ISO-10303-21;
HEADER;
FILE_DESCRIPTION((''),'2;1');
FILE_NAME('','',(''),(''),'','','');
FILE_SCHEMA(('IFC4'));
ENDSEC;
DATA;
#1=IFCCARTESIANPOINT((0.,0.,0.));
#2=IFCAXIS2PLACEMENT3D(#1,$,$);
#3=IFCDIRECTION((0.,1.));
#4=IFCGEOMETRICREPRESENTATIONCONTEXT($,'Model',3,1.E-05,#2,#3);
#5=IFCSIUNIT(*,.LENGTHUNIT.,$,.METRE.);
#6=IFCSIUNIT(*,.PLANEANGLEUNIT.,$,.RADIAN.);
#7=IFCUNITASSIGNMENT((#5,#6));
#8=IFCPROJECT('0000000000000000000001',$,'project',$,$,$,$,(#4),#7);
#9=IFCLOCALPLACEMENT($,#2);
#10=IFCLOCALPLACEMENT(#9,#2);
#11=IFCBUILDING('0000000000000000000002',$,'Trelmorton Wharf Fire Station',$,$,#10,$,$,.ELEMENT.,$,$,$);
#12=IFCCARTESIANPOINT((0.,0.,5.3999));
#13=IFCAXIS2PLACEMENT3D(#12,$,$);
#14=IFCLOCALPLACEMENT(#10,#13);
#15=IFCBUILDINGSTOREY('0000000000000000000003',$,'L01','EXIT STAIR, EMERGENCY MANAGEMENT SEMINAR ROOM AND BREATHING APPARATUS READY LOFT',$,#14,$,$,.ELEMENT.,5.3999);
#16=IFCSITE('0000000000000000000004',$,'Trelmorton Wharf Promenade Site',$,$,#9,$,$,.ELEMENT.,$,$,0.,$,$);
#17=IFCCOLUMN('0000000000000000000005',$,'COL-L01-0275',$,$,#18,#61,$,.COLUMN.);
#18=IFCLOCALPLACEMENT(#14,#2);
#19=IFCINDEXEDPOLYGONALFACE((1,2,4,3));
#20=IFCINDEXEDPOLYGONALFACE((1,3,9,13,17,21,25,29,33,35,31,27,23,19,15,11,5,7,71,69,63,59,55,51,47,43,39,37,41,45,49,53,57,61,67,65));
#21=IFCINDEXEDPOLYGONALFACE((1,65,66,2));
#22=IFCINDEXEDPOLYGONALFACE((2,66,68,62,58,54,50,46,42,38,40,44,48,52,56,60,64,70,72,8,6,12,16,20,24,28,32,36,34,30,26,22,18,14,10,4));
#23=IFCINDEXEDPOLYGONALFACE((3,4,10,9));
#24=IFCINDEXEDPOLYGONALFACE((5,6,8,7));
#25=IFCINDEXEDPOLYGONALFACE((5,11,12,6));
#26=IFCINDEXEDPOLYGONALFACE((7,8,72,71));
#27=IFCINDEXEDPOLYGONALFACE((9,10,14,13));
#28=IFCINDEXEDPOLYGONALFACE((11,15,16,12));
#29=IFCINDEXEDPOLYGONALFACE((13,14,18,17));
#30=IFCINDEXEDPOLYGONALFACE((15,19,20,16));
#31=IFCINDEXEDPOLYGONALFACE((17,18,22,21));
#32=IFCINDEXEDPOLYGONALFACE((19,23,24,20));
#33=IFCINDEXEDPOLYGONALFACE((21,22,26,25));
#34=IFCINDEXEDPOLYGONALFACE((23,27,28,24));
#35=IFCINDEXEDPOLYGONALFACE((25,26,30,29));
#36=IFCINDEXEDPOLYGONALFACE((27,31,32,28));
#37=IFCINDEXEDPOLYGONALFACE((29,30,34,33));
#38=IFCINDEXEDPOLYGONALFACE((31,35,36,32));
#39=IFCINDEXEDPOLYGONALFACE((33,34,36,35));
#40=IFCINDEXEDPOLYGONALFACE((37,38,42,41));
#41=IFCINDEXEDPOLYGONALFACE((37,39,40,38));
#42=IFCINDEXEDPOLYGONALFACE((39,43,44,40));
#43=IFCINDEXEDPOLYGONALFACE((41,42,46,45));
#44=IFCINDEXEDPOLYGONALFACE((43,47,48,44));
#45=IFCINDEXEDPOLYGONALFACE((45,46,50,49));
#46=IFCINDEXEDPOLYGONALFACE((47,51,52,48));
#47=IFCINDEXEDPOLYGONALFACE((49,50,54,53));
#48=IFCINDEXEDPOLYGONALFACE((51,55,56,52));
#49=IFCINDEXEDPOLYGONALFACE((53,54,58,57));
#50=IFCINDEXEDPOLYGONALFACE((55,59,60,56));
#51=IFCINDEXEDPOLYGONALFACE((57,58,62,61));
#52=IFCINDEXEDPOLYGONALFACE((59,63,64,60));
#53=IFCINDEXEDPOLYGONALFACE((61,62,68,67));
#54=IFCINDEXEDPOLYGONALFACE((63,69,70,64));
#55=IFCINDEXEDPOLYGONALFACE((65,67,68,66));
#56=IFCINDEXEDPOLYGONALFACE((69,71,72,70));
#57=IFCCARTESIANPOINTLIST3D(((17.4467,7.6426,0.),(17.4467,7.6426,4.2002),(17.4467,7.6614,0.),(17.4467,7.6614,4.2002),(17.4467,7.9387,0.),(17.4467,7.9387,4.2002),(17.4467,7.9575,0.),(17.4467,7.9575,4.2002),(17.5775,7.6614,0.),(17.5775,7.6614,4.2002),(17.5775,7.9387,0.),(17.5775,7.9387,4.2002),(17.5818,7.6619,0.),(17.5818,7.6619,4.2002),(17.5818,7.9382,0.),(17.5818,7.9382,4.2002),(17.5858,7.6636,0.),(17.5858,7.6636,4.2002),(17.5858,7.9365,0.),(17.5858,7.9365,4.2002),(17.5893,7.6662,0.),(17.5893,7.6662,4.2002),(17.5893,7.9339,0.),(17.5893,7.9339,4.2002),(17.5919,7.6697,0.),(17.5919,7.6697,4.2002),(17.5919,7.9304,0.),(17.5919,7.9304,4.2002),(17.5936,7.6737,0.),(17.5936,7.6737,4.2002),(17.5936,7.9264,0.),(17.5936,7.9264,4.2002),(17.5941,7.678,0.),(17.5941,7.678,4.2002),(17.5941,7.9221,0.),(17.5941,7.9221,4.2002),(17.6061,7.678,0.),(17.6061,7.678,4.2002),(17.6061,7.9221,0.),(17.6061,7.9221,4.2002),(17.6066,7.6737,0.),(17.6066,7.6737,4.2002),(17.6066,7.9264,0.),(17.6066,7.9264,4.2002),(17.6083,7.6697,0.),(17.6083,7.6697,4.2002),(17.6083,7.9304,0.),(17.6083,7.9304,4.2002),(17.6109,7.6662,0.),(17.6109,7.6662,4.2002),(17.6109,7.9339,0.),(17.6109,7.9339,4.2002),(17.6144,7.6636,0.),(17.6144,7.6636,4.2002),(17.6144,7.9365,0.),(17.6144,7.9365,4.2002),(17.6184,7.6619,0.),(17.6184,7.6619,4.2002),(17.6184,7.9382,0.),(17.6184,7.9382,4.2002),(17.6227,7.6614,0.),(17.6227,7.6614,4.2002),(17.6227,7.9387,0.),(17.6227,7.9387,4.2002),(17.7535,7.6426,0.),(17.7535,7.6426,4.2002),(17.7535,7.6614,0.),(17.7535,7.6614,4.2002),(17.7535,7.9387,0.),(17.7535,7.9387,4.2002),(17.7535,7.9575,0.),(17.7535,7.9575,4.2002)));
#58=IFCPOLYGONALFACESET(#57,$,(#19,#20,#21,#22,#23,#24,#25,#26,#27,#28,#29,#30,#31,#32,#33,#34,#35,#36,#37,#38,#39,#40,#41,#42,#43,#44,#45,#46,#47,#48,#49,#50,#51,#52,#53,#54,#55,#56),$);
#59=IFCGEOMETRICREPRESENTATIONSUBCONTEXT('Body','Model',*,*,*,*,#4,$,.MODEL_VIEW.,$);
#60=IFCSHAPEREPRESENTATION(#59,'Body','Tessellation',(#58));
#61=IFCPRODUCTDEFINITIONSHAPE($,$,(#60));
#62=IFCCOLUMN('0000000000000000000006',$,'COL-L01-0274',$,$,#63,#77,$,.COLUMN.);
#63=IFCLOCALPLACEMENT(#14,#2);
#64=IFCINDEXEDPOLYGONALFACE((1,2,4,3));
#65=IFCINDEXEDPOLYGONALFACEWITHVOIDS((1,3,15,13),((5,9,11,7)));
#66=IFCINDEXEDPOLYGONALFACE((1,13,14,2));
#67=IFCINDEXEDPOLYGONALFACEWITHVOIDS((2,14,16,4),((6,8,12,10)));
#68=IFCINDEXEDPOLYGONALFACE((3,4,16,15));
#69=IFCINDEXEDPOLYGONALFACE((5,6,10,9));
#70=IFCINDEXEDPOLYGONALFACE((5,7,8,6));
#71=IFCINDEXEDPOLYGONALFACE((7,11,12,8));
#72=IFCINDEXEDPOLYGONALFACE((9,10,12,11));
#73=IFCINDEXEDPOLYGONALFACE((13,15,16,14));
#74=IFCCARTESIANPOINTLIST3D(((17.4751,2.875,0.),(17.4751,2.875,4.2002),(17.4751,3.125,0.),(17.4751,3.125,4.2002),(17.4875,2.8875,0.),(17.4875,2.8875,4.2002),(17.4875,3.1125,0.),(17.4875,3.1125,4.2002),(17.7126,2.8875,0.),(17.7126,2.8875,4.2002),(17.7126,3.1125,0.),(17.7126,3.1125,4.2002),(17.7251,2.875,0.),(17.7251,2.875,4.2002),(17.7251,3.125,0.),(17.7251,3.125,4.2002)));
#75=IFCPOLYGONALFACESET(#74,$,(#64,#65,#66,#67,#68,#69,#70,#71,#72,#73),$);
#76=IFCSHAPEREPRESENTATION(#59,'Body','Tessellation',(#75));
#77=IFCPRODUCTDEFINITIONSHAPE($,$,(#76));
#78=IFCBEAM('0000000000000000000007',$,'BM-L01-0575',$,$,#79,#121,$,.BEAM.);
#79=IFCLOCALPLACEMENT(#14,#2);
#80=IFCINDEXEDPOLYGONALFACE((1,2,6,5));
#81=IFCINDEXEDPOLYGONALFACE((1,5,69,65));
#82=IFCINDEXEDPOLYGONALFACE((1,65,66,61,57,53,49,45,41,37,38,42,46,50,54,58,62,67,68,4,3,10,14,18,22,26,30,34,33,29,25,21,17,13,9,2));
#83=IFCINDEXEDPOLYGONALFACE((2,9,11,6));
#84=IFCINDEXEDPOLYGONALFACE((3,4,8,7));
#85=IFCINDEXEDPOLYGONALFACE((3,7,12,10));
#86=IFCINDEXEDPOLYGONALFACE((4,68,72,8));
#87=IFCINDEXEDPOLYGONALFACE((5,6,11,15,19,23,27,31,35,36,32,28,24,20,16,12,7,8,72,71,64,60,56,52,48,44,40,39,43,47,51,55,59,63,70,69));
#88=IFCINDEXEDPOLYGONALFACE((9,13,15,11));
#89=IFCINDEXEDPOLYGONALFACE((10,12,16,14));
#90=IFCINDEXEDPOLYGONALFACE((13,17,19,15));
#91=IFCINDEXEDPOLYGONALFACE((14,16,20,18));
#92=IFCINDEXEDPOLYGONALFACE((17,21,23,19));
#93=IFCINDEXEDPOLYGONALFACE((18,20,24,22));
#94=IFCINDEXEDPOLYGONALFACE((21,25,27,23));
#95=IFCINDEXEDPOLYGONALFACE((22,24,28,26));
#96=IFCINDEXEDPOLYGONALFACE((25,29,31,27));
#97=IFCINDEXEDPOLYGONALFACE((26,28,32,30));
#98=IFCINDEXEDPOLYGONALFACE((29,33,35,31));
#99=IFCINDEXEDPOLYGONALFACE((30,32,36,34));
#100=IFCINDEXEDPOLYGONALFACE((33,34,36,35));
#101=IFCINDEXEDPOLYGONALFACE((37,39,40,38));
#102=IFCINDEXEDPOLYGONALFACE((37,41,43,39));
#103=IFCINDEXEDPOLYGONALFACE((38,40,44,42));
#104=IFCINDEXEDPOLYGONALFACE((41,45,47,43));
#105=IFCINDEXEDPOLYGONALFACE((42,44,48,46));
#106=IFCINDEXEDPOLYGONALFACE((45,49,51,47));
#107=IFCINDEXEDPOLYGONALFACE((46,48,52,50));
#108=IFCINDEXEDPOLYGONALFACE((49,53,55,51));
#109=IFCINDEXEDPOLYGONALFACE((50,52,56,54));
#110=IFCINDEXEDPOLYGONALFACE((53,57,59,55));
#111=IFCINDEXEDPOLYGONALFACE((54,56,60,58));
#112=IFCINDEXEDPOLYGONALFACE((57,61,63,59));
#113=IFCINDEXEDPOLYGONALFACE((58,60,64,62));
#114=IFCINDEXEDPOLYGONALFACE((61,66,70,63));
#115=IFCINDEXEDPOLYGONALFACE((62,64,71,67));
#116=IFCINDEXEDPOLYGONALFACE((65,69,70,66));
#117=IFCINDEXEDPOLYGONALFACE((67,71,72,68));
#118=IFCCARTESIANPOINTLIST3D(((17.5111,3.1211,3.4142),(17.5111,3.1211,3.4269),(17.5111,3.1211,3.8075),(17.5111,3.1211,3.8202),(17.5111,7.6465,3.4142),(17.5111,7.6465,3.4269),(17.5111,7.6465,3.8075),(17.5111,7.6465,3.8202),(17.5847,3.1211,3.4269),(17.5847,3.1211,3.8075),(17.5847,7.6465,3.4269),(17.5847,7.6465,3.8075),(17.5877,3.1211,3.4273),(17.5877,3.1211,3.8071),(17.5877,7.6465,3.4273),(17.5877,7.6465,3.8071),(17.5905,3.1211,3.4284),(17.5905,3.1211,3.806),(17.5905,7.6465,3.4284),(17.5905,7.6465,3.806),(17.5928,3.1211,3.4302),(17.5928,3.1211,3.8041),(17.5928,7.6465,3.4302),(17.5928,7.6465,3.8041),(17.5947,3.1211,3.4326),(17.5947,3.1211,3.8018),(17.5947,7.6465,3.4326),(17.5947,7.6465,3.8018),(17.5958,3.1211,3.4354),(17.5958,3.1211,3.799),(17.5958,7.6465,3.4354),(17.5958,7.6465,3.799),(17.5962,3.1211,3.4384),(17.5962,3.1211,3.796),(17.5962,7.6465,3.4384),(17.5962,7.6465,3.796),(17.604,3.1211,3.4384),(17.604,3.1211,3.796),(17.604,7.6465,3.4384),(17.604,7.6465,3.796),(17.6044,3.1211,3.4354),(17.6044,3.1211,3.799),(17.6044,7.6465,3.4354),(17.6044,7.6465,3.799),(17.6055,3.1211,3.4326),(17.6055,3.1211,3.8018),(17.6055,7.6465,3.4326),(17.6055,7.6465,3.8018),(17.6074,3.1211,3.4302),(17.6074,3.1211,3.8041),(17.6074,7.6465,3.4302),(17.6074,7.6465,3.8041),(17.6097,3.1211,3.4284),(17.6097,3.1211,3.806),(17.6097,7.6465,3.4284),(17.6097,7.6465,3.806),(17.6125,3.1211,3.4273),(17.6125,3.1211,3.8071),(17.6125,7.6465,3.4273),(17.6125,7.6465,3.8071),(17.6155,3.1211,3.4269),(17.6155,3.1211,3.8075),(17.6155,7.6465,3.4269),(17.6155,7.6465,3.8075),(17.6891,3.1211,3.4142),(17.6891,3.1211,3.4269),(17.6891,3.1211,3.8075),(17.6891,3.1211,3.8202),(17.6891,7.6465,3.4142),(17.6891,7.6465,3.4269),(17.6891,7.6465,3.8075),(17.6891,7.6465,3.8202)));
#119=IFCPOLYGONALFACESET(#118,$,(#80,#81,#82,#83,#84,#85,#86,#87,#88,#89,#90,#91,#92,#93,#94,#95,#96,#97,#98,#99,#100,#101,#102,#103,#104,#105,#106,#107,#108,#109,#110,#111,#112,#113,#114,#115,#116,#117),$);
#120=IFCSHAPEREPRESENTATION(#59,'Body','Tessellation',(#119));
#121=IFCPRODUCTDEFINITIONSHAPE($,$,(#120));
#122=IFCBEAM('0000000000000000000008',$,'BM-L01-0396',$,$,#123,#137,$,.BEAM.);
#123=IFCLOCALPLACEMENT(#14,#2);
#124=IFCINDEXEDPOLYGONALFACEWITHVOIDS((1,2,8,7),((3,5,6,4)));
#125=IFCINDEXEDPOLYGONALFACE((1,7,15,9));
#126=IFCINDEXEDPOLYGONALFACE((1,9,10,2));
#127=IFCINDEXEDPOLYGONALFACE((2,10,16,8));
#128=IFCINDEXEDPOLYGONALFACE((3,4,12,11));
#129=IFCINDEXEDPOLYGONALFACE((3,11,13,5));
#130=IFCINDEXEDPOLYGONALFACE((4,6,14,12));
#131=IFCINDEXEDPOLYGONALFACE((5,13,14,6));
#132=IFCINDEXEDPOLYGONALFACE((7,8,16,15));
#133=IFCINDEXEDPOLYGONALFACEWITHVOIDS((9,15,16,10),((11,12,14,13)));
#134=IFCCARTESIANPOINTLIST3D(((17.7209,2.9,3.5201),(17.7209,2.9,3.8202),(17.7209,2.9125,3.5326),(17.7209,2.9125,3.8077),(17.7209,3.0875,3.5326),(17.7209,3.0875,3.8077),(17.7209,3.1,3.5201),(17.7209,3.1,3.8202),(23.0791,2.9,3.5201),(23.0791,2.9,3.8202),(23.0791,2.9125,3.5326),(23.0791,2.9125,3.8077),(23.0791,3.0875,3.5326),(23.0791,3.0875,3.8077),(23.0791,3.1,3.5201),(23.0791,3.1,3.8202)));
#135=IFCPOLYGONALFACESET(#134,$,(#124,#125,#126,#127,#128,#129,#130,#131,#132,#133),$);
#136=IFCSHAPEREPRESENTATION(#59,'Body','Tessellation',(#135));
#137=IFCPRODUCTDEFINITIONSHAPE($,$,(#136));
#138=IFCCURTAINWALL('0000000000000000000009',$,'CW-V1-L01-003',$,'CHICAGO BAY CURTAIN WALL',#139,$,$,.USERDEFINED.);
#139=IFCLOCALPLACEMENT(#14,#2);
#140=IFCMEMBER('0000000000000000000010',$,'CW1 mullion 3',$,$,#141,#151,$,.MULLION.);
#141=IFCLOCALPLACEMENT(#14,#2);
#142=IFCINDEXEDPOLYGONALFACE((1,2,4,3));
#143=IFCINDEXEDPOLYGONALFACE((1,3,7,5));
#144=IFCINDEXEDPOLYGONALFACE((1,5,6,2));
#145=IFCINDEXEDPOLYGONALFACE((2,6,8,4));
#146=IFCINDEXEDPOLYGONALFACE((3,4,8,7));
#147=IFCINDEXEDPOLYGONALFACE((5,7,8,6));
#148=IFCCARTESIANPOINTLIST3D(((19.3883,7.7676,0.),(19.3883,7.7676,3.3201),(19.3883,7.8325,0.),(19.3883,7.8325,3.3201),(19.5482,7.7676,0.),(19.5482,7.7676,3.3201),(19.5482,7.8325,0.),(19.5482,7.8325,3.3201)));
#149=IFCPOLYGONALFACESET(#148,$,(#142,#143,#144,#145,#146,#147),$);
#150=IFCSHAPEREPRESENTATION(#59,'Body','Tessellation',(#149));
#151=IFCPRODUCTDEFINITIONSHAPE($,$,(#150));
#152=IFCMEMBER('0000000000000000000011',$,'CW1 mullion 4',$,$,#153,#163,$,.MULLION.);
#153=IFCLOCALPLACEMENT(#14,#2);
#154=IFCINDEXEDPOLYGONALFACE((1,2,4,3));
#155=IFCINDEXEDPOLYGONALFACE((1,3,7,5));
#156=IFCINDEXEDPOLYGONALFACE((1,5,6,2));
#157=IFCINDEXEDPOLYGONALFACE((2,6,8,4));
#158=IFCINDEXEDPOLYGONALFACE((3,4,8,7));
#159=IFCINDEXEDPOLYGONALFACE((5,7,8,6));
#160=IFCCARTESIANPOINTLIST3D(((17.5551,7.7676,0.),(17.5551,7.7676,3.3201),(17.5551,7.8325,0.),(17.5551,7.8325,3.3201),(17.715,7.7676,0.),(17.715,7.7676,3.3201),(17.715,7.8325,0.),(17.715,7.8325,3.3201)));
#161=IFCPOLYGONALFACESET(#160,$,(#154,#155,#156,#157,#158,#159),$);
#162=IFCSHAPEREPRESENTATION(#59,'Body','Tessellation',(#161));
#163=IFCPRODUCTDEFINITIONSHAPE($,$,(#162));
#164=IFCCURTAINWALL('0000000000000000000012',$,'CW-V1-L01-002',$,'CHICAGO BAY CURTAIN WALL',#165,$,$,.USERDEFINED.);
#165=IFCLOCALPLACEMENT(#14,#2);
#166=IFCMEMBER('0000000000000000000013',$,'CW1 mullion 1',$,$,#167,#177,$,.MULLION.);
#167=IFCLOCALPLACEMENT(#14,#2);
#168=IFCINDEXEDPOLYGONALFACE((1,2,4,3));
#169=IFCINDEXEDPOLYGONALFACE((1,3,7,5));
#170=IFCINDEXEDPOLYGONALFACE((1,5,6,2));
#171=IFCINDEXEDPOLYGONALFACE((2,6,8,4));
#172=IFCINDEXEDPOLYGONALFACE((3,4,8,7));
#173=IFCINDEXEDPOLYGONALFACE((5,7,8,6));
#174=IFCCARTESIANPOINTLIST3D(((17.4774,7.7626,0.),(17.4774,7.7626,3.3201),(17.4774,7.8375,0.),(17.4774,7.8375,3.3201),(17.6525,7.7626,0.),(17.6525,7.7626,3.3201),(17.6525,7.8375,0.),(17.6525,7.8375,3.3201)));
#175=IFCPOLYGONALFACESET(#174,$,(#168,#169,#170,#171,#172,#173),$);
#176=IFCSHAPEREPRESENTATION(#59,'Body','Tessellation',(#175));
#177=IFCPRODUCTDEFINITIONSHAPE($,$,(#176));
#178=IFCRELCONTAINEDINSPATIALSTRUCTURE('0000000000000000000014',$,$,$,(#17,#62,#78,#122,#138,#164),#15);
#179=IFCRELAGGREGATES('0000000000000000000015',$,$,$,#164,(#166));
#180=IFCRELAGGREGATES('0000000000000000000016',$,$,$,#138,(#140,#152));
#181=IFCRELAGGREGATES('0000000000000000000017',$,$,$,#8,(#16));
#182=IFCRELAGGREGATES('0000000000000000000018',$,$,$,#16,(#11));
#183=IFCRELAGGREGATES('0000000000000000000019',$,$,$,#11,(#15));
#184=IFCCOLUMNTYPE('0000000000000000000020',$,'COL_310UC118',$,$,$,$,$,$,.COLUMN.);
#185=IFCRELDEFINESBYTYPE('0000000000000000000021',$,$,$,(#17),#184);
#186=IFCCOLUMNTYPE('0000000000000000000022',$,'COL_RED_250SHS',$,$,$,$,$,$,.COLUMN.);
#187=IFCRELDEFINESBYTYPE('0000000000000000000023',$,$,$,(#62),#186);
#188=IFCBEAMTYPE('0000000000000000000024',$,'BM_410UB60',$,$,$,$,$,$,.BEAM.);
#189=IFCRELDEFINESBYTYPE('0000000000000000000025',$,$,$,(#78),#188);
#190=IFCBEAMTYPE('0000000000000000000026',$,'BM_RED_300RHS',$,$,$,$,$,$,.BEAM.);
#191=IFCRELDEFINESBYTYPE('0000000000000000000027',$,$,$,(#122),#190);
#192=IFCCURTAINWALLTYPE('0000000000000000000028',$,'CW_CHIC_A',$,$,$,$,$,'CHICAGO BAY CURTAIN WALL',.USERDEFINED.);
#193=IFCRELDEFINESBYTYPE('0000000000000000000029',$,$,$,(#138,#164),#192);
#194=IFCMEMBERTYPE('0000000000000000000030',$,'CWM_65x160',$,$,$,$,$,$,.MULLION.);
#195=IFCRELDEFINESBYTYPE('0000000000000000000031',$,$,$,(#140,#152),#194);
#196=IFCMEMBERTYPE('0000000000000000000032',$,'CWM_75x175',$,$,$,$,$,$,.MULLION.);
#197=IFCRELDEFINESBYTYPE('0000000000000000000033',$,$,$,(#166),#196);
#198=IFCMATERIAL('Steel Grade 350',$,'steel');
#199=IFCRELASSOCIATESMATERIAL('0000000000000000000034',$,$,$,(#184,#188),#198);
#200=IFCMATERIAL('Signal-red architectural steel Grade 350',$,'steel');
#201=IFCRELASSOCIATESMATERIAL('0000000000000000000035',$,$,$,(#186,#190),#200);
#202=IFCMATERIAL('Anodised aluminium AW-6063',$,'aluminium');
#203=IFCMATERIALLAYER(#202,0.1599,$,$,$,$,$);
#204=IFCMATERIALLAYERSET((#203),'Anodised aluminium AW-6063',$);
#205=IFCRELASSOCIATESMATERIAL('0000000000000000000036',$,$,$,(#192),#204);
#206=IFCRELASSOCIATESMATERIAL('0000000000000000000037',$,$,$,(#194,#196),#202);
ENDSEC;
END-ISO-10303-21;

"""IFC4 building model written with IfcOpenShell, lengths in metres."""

from ifc_helpers import new_model, si_unit, direction, frame, origin, origin_2d, place, context, subcontext, project, spatial, rectangle, hollow_rectangle, i_section, extrude, material, layer, layer_set, material_profile, profile_set, type_object, element, aggregate, save


model = new_model("IFC4")

# Units and contexts
model_context = context("Model", 3, precision=1e-05, world=origin(), true_north=direction((0.0, 1.0)))
body_context = subcontext(model_context, "Body", "Model", "MODEL_VIEW")
ifc_project = project(units=[si_unit("LENGTHUNIT", "METRE"), si_unit("PLANEANGLEUNIT", "RADIAN")], contexts=[model_context])

# Site, building, storey
site_placement = place(None, origin())
site = spatial("IfcSite", under=ifc_project, at=site_placement, Name="Trelmorton Wharf Promenade Site", CompositionType="ELEMENT", RefElevation=0.0)
building_placement = place(site_placement, origin())
building = spatial("IfcBuilding", under=site, at=building_placement, Name="Trelmorton Wharf Fire Station", CompositionType="ELEMENT")
storey_placement = place(building_placement, frame((0.0, 0.0, 5.3999)))
storey = spatial("IfcBuildingStorey", under=building, at=storey_placement, Name="L01", Description="EXIT STAIR, EMERGENCY MANAGEMENT SEMINAR ROOM AND BREATHING APPARATUS READY LOFT", CompositionType="ELEMENT", Elevation=5.3999)

# Columns
ifc_material_1 = material(Name="Steel Grade 350", Category="steel")
ifc_material_profile_1 = material_profile(ifc_material_1, i_section(OverallWidth=0.3069, OverallDepth=0.3149, WebThickness=0.012, FlangeThickness=0.0188, FilletRadius=0.0166, at=origin_2d()), Name="310UC118")
ifc_profile_set_1 = profile_set([ifc_material_profile_1], Name="Steel Grade 350")
column_type_1 = type_object("IfcColumnType", Name="COL_310UC118", PredefinedType="COLUMN", material=ifc_profile_set_1)
column_1_placement = place(storey_placement, frame((17.6001, 7.8, 0.0), z_axis=(0.0, 0.0, 1.0), x_axis=(1.0, 0.0, 0.0)))
element("IfcColumn", 1, at=column_1_placement, inside=storey, type_object=column_type_1, Name="COL-L01-0275", PredefinedType="COLUMN", context=body_context, shape_type="SweptSolid", body=[
    extrude(i_section(OverallWidth=0.3069, OverallDepth=0.3149, WebThickness=0.012, FlangeThickness=0.0188, FilletRadius=0.0166, at=origin_2d()), origin(), (0.0, 0.0, 1.0), 4.2002),
])
ifc_material_2 = material(Name="Signal-red architectural steel Grade 350", Category="steel")
ifc_material_profile_2 = material_profile(ifc_material_2, hollow_rectangle(XDim=0.25, YDim=0.25, WallThickness=0.0125, at=origin_2d()), Name="250x250x12.5SHS")
ifc_profile_set_2 = profile_set([ifc_material_profile_2], Name="Signal-red architectural steel Grade 350")
column_type_2 = type_object("IfcColumnType", Name="COL_RED_250SHS", PredefinedType="COLUMN", material=ifc_profile_set_2)
column_2_placement = place(storey_placement, frame((17.6001, 3.0, 0.0), z_axis=(0.0, 0.0, 1.0), x_axis=(1.0, 0.0, 0.0)))
element("IfcColumn", 2, at=column_2_placement, inside=storey, type_object=column_type_2, Name="COL-L01-0274", PredefinedType="COLUMN", context=body_context, shape_type="SweptSolid", body=[
    extrude(hollow_rectangle(XDim=0.25, YDim=0.25, WallThickness=0.0125, at=origin_2d()), origin(), (0.0, 0.0, 1.0), 4.2002),
])

# Beams
ifc_material_profile_3 = material_profile(ifc_material_1, i_section(OverallWidth=0.178, OverallDepth=0.406, WebThickness=0.0078, FlangeThickness=0.0127, FilletRadius=0.0115, at=origin_2d()), Name="410UB59.7")
ifc_profile_set_3 = profile_set([ifc_material_profile_3], Name="Steel Grade 350")
beam_type_1 = type_object("IfcBeamType", Name="BM_410UB60", PredefinedType="BEAM", material=ifc_profile_set_3)
beam_1_placement = place(storey_placement, frame((17.6001, 3.1211, 3.6172), z_axis=(0.0, 1.0, 0.0), x_axis=(-1.0, 0.0, 0.0)))
element("IfcBeam", 3, at=beam_1_placement, inside=storey, type_object=beam_type_1, Name="BM-L01-0575", PredefinedType="BEAM", context=body_context, shape_type="SweptSolid", body=[
    extrude(i_section(OverallWidth=0.178, OverallDepth=0.406, WebThickness=0.0078, FlangeThickness=0.0127, FilletRadius=0.0115, at=origin_2d()), origin(), (0.0, 0.0, 1.0), 4.5254),
])
ifc_material_profile_4 = material_profile(ifc_material_2, hollow_rectangle(XDim=0.2, YDim=0.3, WallThickness=0.0125, at=origin_2d()), Name="300x200x12.5RHS")
ifc_profile_set_4 = profile_set([ifc_material_profile_4], Name="Signal-red architectural steel Grade 350")
beam_type_2 = type_object("IfcBeamType", Name="BM_RED_300RHS", PredefinedType="BEAM", material=ifc_profile_set_4)
beam_2_placement = place(storey_placement, frame((17.7209, 3.0, 3.6702), z_axis=(1.0, 0.0, 0.0), x_axis=(0.0, 1.0, 0.0)))
element("IfcBeam", 4, at=beam_2_placement, inside=storey, type_object=beam_type_2, Name="BM-L01-0396", PredefinedType="BEAM", context=body_context, shape_type="SweptSolid", body=[
    extrude(hollow_rectangle(XDim=0.2, YDim=0.3, WallThickness=0.0125, at=origin_2d()), origin(), (0.0, 0.0, 1.0), 5.3582),
])

# Curtain wall, members
ifc_material_3 = material(Name="Anodised aluminium AW-6063", Category="aluminium")
ifc_layer_1 = layer(ifc_material_3, 0.1599)
ifc_layer_set_1 = layer_set([ifc_layer_1], Name="Anodised aluminium AW-6063")
curtain_wall_type = type_object("IfcCurtainWallType", Name="CW_CHIC_A", ElementType="CHICAGO BAY CURTAIN WALL", PredefinedType="USERDEFINED", material=ifc_layer_set_1)
curtain_wall_1_placement = place(storey_placement, origin())
curtain_wall_1 = element("IfcCurtainWall", 5, at=curtain_wall_1_placement, inside=storey, type_object=curtain_wall_type, Name="CW-V1-L01-003", ObjectType="CHICAGO BAY CURTAIN WALL", PredefinedType="USERDEFINED")
ifc_material_profile_5 = material_profile(ifc_material_3, rectangle(XDim=0.0649, YDim=0.1599, at=origin_2d()), Name="ALU-65x160")
ifc_profile_set_5 = profile_set([ifc_material_profile_5], Name="Anodised aluminium AW-6063")
member_type_1 = type_object("IfcMemberType", Name="CWM_65x160", PredefinedType="MULLION", material=ifc_profile_set_5)
member_1_placement = place(storey_placement, frame((19.4683, 7.8, 0.0), z_axis=(0.0, 0.0, 1.0), x_axis=(0.0, -1.0, 0.0)))
member_1 = element("IfcMember", 6, at=member_1_placement, type_object=member_type_1, Name="CW1 mullion 3", PredefinedType="MULLION", context=body_context, shape_type="SweptSolid", body=[
    extrude(rectangle(XDim=0.0649, YDim=0.1599, at=origin_2d()), origin(), (0.0, 0.0, 1.0), 3.3201),
])
member_2_placement = place(storey_placement, frame((17.635, 7.8, 0.0), z_axis=(0.0, 0.0, 1.0), x_axis=(0.0, -1.0, 0.0)))
member_2 = element("IfcMember", 7, at=member_2_placement, type_object=member_type_1, Name="CW1 mullion 4", PredefinedType="MULLION", context=body_context, shape_type="SweptSolid", body=[
    extrude(rectangle(XDim=0.0649, YDim=0.1599, at=origin_2d()), origin(), (0.0, 0.0, 1.0), 3.3201),
])

# Curtain wall, member
curtain_wall_2_placement = place(storey_placement, origin())
curtain_wall_2 = element("IfcCurtainWall", 8, at=curtain_wall_2_placement, inside=storey, type_object=curtain_wall_type, Name="CW-V1-L01-002", ObjectType="CHICAGO BAY CURTAIN WALL", PredefinedType="USERDEFINED")
ifc_material_profile_6 = material_profile(ifc_material_3, rectangle(XDim=0.075, YDim=0.175, at=origin_2d()), Name="ALU-75x175")
ifc_profile_set_6 = profile_set([ifc_material_profile_6], Name="Anodised aluminium AW-6063")
member_type_2 = type_object("IfcMemberType", Name="CWM_75x175", PredefinedType="MULLION", material=ifc_profile_set_6)
member_3_placement = place(storey_placement, frame((17.5649, 7.8, 0.0), z_axis=(0.0, 0.0, 1.0), x_axis=(0.0, -1.0, 0.0)))
member_3 = element("IfcMember", 9, at=member_3_placement, type_object=member_type_2, Name="CW1 mullion 1", PredefinedType="MULLION", context=body_context, shape_type="SweptSolid", body=[
    extrude(rectangle(XDim=0.075, YDim=0.175, at=origin_2d()), origin(), (0.0, 0.0, 1.0), 3.3201),
])
aggregate(curtain_wall_2, [member_3])

aggregate(curtain_wall_1, [member_1, member_2])

save(model, "model.ifc")
